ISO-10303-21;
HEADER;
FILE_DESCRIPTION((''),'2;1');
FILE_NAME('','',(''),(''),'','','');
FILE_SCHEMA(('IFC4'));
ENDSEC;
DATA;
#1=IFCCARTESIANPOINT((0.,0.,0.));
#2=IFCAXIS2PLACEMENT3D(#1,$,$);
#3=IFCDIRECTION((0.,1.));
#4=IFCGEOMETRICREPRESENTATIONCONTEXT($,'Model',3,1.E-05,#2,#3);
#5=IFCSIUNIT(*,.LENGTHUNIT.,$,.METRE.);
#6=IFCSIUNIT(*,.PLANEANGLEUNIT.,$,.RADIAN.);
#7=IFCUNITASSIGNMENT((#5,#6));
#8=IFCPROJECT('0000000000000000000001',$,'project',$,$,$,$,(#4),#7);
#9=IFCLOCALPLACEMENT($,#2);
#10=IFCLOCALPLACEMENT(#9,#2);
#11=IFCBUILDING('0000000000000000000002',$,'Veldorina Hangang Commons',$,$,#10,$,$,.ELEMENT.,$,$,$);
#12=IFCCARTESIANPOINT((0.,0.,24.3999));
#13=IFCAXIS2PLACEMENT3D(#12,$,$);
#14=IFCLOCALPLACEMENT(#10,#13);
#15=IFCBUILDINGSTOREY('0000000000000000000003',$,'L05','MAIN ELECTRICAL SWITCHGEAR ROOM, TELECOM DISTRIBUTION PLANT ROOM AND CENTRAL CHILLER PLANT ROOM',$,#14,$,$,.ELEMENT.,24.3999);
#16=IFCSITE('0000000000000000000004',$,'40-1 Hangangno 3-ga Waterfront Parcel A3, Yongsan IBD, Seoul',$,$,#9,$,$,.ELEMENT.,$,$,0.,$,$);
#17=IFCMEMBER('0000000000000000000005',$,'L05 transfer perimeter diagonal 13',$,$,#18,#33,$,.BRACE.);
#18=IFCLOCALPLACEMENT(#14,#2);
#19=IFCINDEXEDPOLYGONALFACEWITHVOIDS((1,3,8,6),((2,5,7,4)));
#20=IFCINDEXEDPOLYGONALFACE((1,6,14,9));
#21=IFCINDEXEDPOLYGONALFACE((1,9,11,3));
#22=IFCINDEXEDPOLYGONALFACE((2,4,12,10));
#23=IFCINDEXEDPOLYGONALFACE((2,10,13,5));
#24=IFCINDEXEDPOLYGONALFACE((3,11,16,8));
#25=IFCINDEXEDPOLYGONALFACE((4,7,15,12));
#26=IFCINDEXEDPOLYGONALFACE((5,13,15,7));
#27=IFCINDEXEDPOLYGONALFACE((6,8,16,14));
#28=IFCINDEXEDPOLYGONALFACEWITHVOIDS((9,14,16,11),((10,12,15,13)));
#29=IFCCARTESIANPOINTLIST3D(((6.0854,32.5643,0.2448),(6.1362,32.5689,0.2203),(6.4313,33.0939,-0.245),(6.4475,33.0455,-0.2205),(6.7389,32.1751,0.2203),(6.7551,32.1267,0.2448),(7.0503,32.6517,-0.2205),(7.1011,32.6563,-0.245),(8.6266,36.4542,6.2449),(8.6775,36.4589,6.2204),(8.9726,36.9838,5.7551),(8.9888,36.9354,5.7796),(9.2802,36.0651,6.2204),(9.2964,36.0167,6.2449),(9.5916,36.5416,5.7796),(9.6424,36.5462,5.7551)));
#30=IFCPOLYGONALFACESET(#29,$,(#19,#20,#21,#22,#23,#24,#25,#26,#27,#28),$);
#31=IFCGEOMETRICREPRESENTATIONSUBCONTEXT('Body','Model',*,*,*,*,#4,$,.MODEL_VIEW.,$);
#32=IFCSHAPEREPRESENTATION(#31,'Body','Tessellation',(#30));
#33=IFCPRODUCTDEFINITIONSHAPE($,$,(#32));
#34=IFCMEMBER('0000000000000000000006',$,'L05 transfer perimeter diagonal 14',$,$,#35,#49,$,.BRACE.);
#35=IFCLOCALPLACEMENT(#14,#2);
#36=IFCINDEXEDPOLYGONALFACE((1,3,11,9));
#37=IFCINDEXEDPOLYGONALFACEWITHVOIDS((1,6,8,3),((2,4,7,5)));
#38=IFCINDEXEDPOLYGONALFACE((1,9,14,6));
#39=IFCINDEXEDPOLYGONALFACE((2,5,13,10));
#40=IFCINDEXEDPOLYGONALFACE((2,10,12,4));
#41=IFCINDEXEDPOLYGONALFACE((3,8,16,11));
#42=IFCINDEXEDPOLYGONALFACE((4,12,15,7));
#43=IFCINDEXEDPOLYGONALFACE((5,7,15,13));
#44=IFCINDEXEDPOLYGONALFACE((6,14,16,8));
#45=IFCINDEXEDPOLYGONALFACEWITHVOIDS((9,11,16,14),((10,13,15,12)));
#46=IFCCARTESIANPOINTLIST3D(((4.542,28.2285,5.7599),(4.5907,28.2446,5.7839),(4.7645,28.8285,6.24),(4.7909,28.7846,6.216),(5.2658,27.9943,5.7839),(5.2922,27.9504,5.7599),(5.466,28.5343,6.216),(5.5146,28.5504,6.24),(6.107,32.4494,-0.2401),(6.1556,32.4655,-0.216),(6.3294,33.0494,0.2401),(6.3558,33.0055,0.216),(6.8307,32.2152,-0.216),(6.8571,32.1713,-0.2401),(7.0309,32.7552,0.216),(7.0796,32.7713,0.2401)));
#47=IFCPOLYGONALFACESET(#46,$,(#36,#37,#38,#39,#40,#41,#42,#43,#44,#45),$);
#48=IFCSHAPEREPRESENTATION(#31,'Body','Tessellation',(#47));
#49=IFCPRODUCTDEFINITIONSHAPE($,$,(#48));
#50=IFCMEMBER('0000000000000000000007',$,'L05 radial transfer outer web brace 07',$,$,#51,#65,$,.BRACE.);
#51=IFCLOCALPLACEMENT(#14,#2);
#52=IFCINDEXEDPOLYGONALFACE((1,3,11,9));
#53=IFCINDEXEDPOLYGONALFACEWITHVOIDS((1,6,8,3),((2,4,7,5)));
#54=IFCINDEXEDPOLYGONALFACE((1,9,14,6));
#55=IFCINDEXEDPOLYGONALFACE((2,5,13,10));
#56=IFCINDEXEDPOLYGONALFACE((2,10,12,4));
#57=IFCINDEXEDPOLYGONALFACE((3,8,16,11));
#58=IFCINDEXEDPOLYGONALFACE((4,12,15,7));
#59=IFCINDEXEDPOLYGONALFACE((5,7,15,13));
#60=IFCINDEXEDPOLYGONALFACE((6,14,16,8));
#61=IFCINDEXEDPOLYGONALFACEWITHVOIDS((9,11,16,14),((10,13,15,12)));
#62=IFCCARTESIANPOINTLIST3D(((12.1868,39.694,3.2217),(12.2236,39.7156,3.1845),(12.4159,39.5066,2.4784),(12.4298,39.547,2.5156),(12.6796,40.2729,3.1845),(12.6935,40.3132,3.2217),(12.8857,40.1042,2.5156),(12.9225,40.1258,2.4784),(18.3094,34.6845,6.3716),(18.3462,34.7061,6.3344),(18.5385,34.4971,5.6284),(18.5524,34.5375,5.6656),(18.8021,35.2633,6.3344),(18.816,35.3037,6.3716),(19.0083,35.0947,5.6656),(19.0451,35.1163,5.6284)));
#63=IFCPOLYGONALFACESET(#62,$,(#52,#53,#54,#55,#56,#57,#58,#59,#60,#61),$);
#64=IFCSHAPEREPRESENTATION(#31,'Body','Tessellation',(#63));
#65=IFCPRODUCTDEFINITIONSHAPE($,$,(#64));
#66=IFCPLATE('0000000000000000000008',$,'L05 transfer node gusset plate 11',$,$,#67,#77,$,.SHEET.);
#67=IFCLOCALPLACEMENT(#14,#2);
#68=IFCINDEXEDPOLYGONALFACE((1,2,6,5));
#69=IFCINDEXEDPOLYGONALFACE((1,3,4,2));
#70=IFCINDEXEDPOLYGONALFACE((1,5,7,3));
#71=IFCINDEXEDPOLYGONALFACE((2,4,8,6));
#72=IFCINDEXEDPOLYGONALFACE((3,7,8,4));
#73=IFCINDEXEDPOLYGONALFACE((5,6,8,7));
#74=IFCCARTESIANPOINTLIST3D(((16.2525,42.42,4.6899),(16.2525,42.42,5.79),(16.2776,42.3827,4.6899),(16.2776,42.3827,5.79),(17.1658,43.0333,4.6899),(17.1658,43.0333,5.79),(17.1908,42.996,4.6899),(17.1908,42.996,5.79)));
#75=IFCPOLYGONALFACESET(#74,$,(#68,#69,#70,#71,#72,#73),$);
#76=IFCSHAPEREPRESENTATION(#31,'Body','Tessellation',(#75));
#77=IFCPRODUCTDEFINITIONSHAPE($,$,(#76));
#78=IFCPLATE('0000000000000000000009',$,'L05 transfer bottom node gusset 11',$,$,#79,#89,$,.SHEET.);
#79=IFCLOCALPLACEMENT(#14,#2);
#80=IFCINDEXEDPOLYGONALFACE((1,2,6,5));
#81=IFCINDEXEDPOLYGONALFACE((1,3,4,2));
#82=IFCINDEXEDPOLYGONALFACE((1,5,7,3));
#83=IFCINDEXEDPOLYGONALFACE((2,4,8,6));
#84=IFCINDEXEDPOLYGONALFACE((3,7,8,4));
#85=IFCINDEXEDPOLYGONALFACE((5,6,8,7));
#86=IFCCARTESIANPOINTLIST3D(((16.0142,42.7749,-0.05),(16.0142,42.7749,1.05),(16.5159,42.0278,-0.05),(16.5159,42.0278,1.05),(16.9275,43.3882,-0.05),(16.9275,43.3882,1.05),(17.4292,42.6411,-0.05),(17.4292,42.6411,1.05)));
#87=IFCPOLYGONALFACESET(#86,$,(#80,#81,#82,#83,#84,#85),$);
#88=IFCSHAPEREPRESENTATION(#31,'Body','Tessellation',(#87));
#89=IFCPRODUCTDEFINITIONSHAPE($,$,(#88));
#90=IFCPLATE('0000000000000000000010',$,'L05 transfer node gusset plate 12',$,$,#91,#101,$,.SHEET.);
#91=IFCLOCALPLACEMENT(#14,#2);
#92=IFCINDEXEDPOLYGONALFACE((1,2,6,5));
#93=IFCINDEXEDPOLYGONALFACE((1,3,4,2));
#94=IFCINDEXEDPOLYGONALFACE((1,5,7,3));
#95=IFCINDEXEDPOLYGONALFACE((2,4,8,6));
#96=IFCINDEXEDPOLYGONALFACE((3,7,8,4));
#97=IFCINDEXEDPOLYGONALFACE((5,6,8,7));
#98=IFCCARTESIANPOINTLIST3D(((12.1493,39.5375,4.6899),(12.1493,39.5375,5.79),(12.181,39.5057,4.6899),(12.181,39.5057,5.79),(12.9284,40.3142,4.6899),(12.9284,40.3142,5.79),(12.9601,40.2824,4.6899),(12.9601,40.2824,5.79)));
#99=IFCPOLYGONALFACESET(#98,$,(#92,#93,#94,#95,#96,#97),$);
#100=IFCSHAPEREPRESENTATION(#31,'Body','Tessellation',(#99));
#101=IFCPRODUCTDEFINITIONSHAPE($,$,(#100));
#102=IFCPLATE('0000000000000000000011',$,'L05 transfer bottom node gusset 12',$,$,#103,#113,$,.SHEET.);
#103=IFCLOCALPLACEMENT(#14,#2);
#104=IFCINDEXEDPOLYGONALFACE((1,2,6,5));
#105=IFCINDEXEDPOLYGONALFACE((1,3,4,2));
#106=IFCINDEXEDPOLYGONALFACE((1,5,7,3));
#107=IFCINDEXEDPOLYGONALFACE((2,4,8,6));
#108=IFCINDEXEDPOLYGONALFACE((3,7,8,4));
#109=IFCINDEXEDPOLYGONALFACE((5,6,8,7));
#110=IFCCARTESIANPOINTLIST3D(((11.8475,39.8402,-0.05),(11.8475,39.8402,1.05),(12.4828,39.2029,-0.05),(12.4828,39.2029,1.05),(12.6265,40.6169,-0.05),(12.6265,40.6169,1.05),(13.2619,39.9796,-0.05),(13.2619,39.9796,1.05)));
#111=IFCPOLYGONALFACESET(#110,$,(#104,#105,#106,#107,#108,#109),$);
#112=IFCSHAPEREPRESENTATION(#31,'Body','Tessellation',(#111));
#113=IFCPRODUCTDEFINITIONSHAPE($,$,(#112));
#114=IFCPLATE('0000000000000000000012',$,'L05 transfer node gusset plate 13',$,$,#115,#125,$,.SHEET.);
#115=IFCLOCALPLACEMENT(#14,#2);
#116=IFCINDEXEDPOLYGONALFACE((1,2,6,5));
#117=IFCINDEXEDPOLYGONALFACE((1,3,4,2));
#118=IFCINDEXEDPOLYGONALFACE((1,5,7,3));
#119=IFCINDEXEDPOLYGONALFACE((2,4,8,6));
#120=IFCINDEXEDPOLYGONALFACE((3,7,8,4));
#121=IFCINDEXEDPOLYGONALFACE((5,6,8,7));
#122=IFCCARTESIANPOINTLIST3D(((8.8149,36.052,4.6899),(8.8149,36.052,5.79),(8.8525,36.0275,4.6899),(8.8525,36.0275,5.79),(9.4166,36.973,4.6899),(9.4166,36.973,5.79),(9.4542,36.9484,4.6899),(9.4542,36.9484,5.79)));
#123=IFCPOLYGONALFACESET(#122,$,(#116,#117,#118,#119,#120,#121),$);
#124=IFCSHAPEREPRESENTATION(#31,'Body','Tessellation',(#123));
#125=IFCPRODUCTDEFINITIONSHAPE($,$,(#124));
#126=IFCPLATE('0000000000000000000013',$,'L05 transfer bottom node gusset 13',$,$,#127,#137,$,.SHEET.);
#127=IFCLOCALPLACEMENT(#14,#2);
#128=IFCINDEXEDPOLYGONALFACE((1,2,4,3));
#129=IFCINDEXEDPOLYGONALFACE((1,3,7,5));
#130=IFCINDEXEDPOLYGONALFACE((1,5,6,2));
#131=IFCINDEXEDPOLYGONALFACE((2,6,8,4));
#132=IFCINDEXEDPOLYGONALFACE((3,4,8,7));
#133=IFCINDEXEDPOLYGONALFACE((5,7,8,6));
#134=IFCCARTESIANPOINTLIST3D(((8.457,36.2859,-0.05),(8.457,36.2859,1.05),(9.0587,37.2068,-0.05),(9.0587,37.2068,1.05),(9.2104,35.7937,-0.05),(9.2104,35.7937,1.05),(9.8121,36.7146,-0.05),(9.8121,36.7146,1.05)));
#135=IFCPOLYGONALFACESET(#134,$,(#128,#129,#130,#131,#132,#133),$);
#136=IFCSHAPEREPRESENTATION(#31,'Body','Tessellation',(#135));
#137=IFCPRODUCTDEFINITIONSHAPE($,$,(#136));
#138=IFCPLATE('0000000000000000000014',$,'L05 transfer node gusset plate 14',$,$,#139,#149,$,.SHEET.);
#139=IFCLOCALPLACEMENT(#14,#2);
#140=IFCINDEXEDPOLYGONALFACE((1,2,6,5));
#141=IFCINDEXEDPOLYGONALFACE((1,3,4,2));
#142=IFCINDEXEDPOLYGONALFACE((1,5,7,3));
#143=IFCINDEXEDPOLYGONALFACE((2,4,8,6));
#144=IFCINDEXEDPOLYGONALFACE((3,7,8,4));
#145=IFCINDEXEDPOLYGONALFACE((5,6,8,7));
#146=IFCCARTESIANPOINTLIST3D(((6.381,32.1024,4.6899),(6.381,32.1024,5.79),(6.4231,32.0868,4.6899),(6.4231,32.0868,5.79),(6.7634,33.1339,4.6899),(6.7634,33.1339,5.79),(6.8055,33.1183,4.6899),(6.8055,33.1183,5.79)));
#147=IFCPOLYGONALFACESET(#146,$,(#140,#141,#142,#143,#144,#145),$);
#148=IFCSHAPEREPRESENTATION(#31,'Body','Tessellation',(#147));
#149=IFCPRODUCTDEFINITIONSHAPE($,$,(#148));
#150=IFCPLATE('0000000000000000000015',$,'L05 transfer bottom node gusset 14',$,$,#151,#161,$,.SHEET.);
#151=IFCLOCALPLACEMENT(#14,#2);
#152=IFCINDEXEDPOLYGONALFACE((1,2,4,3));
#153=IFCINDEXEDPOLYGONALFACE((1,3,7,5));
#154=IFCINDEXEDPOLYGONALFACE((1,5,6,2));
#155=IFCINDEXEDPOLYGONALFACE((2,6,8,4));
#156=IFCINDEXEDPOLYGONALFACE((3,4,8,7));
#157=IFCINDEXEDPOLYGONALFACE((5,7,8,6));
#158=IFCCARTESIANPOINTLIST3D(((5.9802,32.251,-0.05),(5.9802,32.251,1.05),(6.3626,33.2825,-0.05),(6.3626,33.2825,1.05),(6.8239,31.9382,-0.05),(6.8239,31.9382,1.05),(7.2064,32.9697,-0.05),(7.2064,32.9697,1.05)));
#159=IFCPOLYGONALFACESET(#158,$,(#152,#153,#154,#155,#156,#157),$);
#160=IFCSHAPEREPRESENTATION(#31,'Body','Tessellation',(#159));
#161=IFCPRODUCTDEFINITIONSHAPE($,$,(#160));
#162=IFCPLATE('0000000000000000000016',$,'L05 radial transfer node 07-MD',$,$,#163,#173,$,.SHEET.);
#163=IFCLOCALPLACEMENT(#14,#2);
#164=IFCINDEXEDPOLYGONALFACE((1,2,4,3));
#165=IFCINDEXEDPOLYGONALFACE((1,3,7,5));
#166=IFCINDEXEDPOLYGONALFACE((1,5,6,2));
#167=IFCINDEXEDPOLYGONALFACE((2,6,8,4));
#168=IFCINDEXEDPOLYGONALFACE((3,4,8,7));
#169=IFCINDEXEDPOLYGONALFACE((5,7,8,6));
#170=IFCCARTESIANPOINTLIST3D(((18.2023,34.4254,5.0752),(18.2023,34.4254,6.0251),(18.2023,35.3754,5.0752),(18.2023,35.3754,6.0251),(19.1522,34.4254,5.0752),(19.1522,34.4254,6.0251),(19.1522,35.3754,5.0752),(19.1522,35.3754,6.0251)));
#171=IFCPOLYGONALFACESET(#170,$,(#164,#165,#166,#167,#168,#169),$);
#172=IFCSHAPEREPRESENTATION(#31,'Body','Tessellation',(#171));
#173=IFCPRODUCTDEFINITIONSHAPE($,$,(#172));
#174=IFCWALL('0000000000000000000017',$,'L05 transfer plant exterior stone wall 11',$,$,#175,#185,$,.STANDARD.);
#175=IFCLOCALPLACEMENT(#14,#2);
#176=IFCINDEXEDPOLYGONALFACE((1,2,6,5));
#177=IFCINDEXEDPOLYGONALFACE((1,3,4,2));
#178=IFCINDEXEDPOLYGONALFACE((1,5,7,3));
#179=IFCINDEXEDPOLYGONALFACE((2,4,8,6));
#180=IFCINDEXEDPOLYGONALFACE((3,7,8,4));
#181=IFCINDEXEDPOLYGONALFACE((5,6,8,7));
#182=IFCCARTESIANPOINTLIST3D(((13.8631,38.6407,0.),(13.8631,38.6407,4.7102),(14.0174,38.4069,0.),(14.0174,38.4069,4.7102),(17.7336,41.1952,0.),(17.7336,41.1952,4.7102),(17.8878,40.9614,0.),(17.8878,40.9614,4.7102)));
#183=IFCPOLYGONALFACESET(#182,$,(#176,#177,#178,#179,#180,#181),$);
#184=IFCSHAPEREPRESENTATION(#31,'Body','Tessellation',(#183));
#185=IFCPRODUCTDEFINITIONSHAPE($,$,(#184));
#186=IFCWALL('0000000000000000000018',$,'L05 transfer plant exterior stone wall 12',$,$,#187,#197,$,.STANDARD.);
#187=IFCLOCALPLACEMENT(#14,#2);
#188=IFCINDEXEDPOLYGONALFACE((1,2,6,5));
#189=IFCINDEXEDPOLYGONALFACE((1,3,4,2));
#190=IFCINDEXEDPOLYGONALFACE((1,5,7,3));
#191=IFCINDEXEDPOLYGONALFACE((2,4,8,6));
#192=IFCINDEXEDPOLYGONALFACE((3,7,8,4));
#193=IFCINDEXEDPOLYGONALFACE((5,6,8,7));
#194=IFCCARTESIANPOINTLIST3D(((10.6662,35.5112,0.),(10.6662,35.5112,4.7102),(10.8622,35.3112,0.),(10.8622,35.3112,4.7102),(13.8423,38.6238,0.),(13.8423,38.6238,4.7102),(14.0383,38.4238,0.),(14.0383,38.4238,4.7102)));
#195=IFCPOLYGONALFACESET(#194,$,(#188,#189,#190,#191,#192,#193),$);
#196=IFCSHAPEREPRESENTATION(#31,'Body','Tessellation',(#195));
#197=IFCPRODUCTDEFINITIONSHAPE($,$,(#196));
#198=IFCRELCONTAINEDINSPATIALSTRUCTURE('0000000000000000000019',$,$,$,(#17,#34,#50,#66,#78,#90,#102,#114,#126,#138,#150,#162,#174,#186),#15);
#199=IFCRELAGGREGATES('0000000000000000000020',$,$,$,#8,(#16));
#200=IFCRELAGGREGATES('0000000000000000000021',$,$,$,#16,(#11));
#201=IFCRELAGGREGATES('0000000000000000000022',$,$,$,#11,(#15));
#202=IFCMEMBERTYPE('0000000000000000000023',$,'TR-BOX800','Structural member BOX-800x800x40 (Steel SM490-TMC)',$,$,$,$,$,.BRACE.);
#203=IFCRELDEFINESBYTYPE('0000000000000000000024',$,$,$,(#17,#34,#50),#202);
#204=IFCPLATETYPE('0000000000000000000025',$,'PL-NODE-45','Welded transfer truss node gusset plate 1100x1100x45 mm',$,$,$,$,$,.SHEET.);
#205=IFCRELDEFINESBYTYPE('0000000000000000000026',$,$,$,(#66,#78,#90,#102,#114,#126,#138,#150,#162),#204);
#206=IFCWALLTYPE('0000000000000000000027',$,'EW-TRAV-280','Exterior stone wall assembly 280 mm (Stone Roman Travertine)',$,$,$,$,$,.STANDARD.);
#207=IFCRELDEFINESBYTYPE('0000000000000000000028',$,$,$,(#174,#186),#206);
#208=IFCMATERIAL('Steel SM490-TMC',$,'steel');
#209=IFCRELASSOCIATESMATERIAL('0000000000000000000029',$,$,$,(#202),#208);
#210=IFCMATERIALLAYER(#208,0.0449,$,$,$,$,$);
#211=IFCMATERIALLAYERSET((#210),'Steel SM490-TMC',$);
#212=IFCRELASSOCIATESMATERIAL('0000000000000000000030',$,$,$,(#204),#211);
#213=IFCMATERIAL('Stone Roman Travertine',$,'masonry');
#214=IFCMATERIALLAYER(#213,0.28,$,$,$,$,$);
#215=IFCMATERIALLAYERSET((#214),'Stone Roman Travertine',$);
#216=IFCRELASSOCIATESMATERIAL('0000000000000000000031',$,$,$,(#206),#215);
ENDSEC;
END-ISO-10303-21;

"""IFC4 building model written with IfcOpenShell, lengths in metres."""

from ifc_helpers import new_model, si_unit, direction, frame, frame_2d, origin, origin_2d, place, context, subcontext, project, spatial, rectangle, hollow_rectangle, extrude, material, layer, layer_set, material_profile, profile_set, type_object, element, save


model = new_model("IFC4")

# Units and contexts
model_context = context("Model", 3, precision=1e-05, world=origin(), true_north=direction((0.0, 1.0)))
body_context = subcontext(model_context, "Body", "Model", "MODEL_VIEW")
ifc_project = project(units=[si_unit("LENGTHUNIT", "METRE"), si_unit("PLANEANGLEUNIT", "RADIAN")], contexts=[model_context])

# Site, building, storey
site_placement = place(None, origin())
site = spatial("IfcSite", under=ifc_project, at=site_placement, Name="40-1 Hangangno 3-ga Waterfront Parcel A3, Yongsan IBD, Seoul", CompositionType="ELEMENT", RefElevation=0.0)
building_placement = place(site_placement, origin())
building = spatial("IfcBuilding", under=site, at=building_placement, Name="Veldorina Hangang Commons", CompositionType="ELEMENT")
storey_placement = place(building_placement, frame((0.0, 0.0, 24.3999)))
storey = spatial("IfcBuildingStorey", under=building, at=storey_placement, Name="L05", Description="MAIN ELECTRICAL SWITCHGEAR ROOM, TELECOM DISTRIBUTION PLANT ROOM AND CENTRAL CHILLER PLANT ROOM", CompositionType="ELEMENT", Elevation=24.3999)

# Shared definitions
ifc_material_1 = material(Name="Steel SM490-TMC", Category="steel")

# Members
ifc_material_profile_1 = material_profile(ifc_material_1, hollow_rectangle(XDim=0.8, YDim=0.8, WallThickness=0.04, at=origin_2d()), Name="BOX-800x800x40")
ifc_profile_set_1 = profile_set([ifc_material_profile_1], Name="Steel SM490-TMC")
member_type = type_object("IfcMemberType", Name="TR-BOX800", Description="Structural member BOX-800x800x40 (Steel SM490-TMC)", PredefinedType="BRACE", material=ifc_profile_set_1)
member_1_placement = place(storey_placement, frame((9.1345, 36.5002, 6.0), z_axis=(-0.334872, -0.512586, -0.790643), x_axis=(0.83718, -0.546928, 0.0)))
element("IfcMember", 1, at=member_1_placement, inside=storey, type_object=member_type, Name="L05 transfer perimeter diagonal 13", PredefinedType="BRACE", context=body_context, shape_type="SweptSolid", body=[
    extrude(hollow_rectangle(XDim=0.8, YDim=0.8, WallThickness=0.04, at=origin_2d()), origin(), (0.0, 0.0, 1.0), 7.5889),
])
member_2_placement = place(storey_placement, frame((6.5933, 32.6104, 0.0), z_axis=(-0.20863, -0.562716, 0.79989), x_axis=(0.937631, -0.347632, 0.0)))
element("IfcMember", 2, at=member_2_placement, inside=storey, type_object=member_type, Name="L05 transfer perimeter diagonal 14", PredefinedType="BRACE", context=body_context, shape_type="SweptSolid", body=[
    extrude(hollow_rectangle(XDim=0.8, YDim=0.8, WallThickness=0.04, at=origin_2d()), origin(), (0.0, 0.0, 1.0), 7.501),
])
member_3_placement = place(storey_placement, frame((18.6772, 34.9004, 6.0), z_axis=(-0.719044, 0.588327, -0.36993), x_axis=(-0.63325, -0.773948, 0.0)))
element("IfcMember", 3, at=member_3_placement, inside=storey, type_object=member_type, Name="L05 radial transfer outer web brace 07", PredefinedType="BRACE", context=body_context, shape_type="SweptSolid", body=[
    extrude(hollow_rectangle(XDim=0.8, YDim=0.8, WallThickness=0.04, at=origin_2d()), origin(), (0.0, 0.0, 1.0), 8.5149),
])

# Plates
ifc_layer_1 = layer(ifc_material_1, 0.0449)
ifc_layer_set_1 = layer_set([ifc_layer_1], Name="Steel SM490-TMC")
plate_type = type_object("IfcPlateType", Name="PL-NODE-45", Description="Welded transfer truss node gusset plate 1100x1100x45 mm", PredefinedType="SHEET", material=ifc_layer_set_1)
plate_1_placement = place(storey_placement, frame((16.7217, 42.708, 4.6899), z_axis=(0.0, 0.0, 1.0), x_axis=(-0.830197, -0.55747, 0.0)))
element("IfcPlate", 4, at=plate_1_placement, inside=storey, type_object=plate_type, Name="L05 transfer node gusset plate 11", PredefinedType="SHEET", context=body_context, shape_type="SweptSolid", body=[
    extrude(rectangle(XDim=1.1001, YDim=0.0449, at=origin_2d()), origin(), (0.0, 0.0, 1.0), 1.1001),
])
plate_2_placement = place(storey_placement, frame((16.7217, 42.708, -0.05), z_axis=(0.0, 0.0, 1.0), x_axis=(-0.830197, -0.55747, 0.0)))
element("IfcPlate", 5, at=plate_2_placement, inside=storey, type_object=plate_type, Name="L05 transfer bottom node gusset 11", PredefinedType="SHEET", context=body_context, shape_type="SweptSolid", body=[
    extrude(rectangle(XDim=1.1001, YDim=0.8999, at=origin_2d()), origin(), (0.0, 0.0, 1.0), 1.1001),
])
plate_3_placement = place(storey_placement, frame((12.5547, 39.9099, 4.6899), z_axis=(0.0, 0.0, 1.0), x_axis=(-0.70818, -0.706032, 0.0)))
element("IfcPlate", 6, at=plate_3_placement, inside=storey, type_object=plate_type, Name="L05 transfer node gusset plate 12", PredefinedType="SHEET", context=body_context, shape_type="SweptSolid", body=[
    extrude(rectangle(XDim=1.1001, YDim=0.0449, at=origin_2d()), origin(), (0.0, 0.0, 1.0), 1.1001),
])
plate_4_placement = place(storey_placement, frame((12.5547, 39.9099, -0.05), z_axis=(0.0, 0.0, 1.0), x_axis=(-0.70818, -0.706032, 0.0)))
element("IfcPlate", 7, at=plate_4_placement, inside=storey, type_object=plate_type, Name="L05 transfer bottom node gusset 12", PredefinedType="SHEET", context=body_context, shape_type="SweptSolid", body=[
    extrude(rectangle(XDim=1.1001, YDim=0.8999, at=origin_2d()), origin(), (0.0, 0.0, 1.0), 1.1001),
])
plate_5_placement = place(storey_placement, frame((9.1345, 36.5002, 4.6899), z_axis=(0.0, 0.0, 1.0), x_axis=(-0.546935, -0.837175, 0.0)))
element("IfcPlate", 8, at=plate_5_placement, inside=storey, type_object=plate_type, Name="L05 transfer node gusset plate 13", PredefinedType="SHEET", context=body_context, shape_type="SweptSolid", body=[
    extrude(rectangle(XDim=1.1001, YDim=0.0449, at=origin_2d()), origin(), (0.0, 0.0, 1.0), 1.1001),
])
plate_6_placement = place(storey_placement, frame((9.1345, 36.5002, -0.05), z_axis=(0.0, 0.0, 1.0), x_axis=(-0.546935, -0.837175, 0.0)))
element("IfcPlate", 9, at=plate_6_placement, inside=storey, type_object=plate_type, Name="L05 transfer bottom node gusset 13", PredefinedType="SHEET", context=body_context, shape_type="SweptSolid", body=[
    extrude(rectangle(XDim=1.1001, YDim=0.8999, at=origin_2d()), origin(), (0.0, 0.0, 1.0), 1.1001),
])
plate_7_placement = place(storey_placement, frame((6.5933, 32.6104, 4.6899), z_axis=(0.0, 0.0, 1.0), x_axis=(-0.347623, -0.937634, 0.0)))
element("IfcPlate", 10, at=plate_7_placement, inside=storey, type_object=plate_type, Name="L05 transfer node gusset plate 14", PredefinedType="SHEET", context=body_context, shape_type="SweptSolid", body=[
    extrude(rectangle(XDim=1.1001, YDim=0.0449, at=origin_2d()), origin(), (0.0, 0.0, 1.0), 1.1001),
])
plate_8_placement = place(storey_placement, frame((6.5933, 32.6104, -0.05), z_axis=(0.0, 0.0, 1.0), x_axis=(-0.347623, -0.937634, 0.0)))
element("IfcPlate", 11, at=plate_8_placement, inside=storey, type_object=plate_type, Name="L05 transfer bottom node gusset 14", PredefinedType="SHEET", context=body_context, shape_type="SweptSolid", body=[
    extrude(rectangle(XDim=1.1001, YDim=0.8999, at=origin_2d()), origin(), (0.0, 0.0, 1.0), 1.1001),
])
plate_9_placement = place(storey_placement, frame((18.6772, 34.9004, 5.0752), z_axis=(0.0, 0.0, 1.0), x_axis=(1.0, 0.0, 0.0)))
element("IfcPlate", 12, at=plate_9_placement, inside=storey, type_object=plate_type, Name="L05 radial transfer node 07-MD", PredefinedType="SHEET", context=body_context, shape_type="SweptSolid", body=[
    extrude(rectangle(XDim=0.95, YDim=0.95, at=origin_2d()), origin(), (0.0, 0.0, 1.0), 0.95),
])

# Walls
ifc_material_2 = material(Name="Stone Roman Travertine", Category="masonry")
ifc_layer_2 = layer(ifc_material_2, 0.28)
ifc_layer_set_2 = layer_set([ifc_layer_2], Name="Stone Roman Travertine")
wall_type_1 = type_object("IfcWallType", Name="EW-TRAV-280", Description="Exterior stone wall assembly 280 mm (Stone Roman Travertine)", PredefinedType="STANDARD", material=ifc_layer_set_2)
wall_1_placement = place(storey_placement, frame((17.8108, 41.0784, 0.0), z_axis=(0.0, 0.0, 1.0), x_axis=(-0.834609, -0.550843, 0.0)))
element("IfcWall", 13, at=wall_1_placement, inside=storey, type_object=wall_type_1, Name="L05 transfer plant exterior stone wall 11", PredefinedType="STANDARD", context=body_context, shape_type="SweptSolid", body=[
    extrude(rectangle(XDim=4.6375, YDim=0.28, at=frame_2d((2.3188, 0.0))), origin(), (0.0, 0.0, 1.0), 4.7102),
])
wall_2_placement = place(storey_placement, frame((13.9404, 38.5239, 0.0), z_axis=(0.0, 0.0, 1.0), x_axis=(-0.714208, -0.699934, 0.0)))
element("IfcWall", 14, at=wall_2_placement, inside=storey, type_object=wall_type_1, Name="L05 transfer plant exterior stone wall 12", PredefinedType="STANDARD", context=body_context, shape_type="SweptSolid", body=[
    extrude(rectangle(XDim=4.447, YDim=0.28, at=frame_2d((2.2236, 0.0))), origin(), (0.0, 0.0, 1.0), 4.7102),
])

save(model, "model.ifc")
